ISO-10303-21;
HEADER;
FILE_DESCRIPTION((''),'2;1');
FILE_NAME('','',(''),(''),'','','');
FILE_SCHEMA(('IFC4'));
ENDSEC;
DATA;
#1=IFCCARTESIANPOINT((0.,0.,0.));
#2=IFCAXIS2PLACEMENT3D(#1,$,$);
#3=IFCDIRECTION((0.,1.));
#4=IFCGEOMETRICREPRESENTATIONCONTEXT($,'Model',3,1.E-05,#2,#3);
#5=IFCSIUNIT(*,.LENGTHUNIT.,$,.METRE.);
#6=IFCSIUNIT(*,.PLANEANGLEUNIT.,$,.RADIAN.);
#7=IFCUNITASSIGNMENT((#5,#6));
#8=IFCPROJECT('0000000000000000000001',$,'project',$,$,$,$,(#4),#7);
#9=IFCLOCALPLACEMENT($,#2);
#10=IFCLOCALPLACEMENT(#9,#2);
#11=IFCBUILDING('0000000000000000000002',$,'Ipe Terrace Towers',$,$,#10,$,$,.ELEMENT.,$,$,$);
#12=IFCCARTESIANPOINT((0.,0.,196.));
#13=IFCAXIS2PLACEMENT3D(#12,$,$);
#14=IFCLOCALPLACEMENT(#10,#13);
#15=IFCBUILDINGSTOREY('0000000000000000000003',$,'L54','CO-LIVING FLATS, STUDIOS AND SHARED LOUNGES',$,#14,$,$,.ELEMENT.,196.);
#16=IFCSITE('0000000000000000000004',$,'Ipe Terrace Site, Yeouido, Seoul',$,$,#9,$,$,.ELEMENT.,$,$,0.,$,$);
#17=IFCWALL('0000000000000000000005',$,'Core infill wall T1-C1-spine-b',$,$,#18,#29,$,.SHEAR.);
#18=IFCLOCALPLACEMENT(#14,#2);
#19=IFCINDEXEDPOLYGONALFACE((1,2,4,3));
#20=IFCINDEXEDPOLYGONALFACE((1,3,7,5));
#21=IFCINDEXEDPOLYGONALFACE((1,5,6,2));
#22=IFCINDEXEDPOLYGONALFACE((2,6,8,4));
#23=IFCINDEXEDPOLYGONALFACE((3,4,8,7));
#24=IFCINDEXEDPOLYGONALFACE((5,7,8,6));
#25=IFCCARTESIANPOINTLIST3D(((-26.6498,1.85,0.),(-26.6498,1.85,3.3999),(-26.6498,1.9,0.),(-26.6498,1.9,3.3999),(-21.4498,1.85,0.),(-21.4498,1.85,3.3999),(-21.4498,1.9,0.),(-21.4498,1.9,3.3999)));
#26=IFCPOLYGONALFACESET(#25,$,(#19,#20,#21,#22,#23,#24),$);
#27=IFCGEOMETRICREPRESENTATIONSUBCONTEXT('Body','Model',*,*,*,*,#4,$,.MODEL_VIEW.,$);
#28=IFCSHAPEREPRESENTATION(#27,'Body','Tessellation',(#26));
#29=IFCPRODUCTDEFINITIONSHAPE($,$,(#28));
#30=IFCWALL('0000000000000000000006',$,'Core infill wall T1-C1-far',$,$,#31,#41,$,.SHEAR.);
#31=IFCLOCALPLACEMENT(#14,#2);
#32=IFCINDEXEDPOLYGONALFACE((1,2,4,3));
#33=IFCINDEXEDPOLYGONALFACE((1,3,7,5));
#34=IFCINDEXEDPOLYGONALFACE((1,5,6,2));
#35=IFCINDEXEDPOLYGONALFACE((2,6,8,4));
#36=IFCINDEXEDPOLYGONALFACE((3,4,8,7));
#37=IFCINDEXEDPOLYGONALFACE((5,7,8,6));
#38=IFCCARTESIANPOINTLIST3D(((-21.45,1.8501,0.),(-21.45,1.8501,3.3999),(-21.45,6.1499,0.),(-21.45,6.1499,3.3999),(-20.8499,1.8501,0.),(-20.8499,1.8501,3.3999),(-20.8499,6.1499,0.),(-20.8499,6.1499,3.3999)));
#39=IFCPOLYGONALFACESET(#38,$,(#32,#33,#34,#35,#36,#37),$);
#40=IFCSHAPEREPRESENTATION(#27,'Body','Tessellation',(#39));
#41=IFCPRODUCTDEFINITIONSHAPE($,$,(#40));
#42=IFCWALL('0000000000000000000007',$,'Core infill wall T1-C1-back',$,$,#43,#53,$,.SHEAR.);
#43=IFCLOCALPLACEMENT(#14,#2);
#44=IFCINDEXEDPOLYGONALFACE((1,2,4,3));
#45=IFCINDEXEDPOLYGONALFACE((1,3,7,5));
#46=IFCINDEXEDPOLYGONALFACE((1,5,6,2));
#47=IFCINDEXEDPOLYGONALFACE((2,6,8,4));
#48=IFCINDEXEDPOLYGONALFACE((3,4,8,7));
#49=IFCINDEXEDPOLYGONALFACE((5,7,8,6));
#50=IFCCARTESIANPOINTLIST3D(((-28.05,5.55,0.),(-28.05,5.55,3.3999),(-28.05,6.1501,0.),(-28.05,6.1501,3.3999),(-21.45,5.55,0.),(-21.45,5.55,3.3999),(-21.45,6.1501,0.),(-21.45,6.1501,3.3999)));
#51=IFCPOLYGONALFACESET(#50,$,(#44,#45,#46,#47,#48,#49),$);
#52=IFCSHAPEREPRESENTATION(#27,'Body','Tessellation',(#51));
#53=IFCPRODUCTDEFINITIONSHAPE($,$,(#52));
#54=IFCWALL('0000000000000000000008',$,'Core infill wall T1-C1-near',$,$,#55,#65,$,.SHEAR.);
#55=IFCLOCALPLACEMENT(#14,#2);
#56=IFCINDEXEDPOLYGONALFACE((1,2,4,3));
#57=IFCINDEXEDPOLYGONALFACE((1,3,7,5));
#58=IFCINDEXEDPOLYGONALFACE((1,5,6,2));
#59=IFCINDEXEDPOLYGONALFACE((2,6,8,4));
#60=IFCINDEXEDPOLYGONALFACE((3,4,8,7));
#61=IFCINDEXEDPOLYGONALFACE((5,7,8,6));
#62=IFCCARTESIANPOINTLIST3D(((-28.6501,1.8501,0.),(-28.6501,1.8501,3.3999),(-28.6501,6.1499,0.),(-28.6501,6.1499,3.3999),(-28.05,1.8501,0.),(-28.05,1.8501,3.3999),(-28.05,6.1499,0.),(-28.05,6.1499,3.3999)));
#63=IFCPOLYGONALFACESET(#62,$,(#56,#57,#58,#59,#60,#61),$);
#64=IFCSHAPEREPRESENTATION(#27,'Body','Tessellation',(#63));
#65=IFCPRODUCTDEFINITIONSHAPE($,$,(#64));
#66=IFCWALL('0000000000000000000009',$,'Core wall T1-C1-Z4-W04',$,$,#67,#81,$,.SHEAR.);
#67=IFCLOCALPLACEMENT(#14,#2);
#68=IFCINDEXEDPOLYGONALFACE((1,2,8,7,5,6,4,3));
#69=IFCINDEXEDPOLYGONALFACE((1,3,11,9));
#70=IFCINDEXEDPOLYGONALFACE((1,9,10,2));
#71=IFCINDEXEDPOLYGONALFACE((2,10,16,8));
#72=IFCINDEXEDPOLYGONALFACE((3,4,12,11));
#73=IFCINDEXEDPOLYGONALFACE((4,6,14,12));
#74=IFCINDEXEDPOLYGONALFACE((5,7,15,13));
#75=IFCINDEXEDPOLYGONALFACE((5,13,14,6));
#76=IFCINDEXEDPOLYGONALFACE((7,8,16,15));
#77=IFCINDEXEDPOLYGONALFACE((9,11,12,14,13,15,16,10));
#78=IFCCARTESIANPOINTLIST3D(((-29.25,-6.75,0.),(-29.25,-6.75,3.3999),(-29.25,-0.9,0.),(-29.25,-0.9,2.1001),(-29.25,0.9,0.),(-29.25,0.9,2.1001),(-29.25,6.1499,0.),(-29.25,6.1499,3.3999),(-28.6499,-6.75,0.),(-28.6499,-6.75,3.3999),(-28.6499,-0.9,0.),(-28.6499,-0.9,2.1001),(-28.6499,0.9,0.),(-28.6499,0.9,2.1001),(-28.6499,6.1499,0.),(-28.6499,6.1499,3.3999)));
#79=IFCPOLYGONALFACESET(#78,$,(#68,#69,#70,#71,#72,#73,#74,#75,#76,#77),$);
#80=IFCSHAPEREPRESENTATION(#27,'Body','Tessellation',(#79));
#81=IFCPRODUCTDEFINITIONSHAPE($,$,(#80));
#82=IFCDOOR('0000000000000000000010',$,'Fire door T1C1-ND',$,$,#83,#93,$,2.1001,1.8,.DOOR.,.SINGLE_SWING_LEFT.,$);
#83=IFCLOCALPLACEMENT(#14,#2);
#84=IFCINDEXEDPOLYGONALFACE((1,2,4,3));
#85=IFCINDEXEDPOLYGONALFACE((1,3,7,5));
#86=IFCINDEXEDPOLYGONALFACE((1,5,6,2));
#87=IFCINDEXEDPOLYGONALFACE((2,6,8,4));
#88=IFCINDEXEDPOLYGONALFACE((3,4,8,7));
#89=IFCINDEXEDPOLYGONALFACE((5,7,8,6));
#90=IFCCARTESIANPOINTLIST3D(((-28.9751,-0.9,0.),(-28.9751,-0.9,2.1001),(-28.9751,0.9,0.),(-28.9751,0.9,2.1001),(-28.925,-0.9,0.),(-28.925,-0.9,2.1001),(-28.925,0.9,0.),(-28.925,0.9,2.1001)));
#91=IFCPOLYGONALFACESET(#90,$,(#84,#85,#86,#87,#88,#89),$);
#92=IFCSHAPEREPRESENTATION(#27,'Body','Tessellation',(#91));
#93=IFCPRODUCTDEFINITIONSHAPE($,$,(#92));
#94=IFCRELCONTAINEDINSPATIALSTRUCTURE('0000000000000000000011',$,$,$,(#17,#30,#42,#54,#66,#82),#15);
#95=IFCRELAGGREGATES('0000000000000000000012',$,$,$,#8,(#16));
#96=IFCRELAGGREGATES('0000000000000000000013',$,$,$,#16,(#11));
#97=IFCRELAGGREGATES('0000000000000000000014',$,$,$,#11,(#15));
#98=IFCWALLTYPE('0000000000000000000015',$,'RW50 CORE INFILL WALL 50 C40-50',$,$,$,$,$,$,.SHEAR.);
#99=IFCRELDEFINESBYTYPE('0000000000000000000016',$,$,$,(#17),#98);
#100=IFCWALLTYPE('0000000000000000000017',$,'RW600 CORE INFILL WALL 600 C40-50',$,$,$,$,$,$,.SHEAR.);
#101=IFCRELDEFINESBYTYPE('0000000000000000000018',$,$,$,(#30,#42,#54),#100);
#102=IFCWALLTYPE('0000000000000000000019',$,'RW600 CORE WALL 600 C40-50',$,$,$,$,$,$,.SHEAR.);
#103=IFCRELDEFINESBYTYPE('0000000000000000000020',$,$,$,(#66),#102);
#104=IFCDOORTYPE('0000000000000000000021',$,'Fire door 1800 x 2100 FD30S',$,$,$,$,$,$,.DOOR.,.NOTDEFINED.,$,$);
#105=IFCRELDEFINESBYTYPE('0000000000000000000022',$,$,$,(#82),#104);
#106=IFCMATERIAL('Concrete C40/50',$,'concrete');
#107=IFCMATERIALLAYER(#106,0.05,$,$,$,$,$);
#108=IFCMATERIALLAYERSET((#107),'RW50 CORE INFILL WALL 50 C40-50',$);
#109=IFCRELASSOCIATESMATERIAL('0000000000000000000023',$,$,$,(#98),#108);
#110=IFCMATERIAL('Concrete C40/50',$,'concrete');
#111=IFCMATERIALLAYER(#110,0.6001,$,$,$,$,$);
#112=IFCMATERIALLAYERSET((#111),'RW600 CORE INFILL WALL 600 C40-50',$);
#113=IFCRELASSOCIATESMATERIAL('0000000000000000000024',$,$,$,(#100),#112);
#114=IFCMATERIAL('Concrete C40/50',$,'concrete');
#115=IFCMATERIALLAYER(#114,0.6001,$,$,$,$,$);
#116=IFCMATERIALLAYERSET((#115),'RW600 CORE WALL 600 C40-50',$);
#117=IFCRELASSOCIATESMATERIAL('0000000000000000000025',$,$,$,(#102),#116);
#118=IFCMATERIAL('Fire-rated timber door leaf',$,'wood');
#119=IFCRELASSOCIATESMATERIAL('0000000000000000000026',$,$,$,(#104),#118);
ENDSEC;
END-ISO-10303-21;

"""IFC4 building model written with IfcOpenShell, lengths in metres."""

from ifc_helpers import new_model, si_unit, direction, frame, frame_2d, origin, place, context, subcontext, project, spatial, rectangle, extrude, material, layer, layer_set, type_object, element, fill, save


model = new_model("IFC4")

# Units and contexts
model_context = context("Model", 3, precision=1e-05, world=origin(), true_north=direction((0.0, 1.0)))
body_context = subcontext(model_context, "Body", "Model", "MODEL_VIEW")
ifc_project = project(units=[si_unit("LENGTHUNIT", "METRE"), si_unit("PLANEANGLEUNIT", "RADIAN")], contexts=[model_context])

# Site, building, storey
site_placement = place(None, origin())
site = spatial("IfcSite", under=ifc_project, at=site_placement, Name="Ipe Terrace Site, Yeouido, Seoul", CompositionType="ELEMENT", RefElevation=0.0)
building_placement = place(site_placement, origin())
building = spatial("IfcBuilding", under=site, at=building_placement, Name="Ipe Terrace Towers", CompositionType="ELEMENT")
storey_placement = place(building_placement, frame((0.0, 0.0, 196.0)))
storey = spatial("IfcBuildingStorey", under=building, at=storey_placement, Name="L54", Description="CO-LIVING FLATS, STUDIOS AND SHARED LOUNGES", CompositionType="ELEMENT", Elevation=196.0)

# Walls
ifc_material_1 = material(Name="Concrete C40/50", Category="concrete")
ifc_layer_1 = layer(ifc_material_1, 0.05)
ifc_layer_set_1 = layer_set([ifc_layer_1], Name="RW50 CORE INFILL WALL 50 C40-50")
wall_type_1 = type_object("IfcWallType", Name="RW50 CORE INFILL WALL 50 C40-50", PredefinedType="SHEAR", material=ifc_layer_set_1)
wall_1_placement = place(storey_placement, frame((-26.6499, 1.875, 0.0), z_axis=(0.0, 0.0, 1.0), x_axis=(1.0, 0.0, 0.0)))
element("IfcWall", 1, at=wall_1_placement, inside=storey, type_object=wall_type_1, Name="Core infill wall T1-C1-spine-b", PredefinedType="SHEAR", context=body_context, shape_type="SweptSolid", body=[
    extrude(rectangle(XDim=5.2, YDim=0.05, at=frame_2d((2.6001, 0.0))), origin(), (0.0, 0.0, 1.0), 3.3999),
])
ifc_material_2 = material(Name="Concrete C40/50", Category="concrete")
ifc_layer_2 = layer(ifc_material_2, 0.6001)
ifc_layer_set_2 = layer_set([ifc_layer_2], Name="RW600 CORE INFILL WALL 600 C40-50")
wall_type_2 = type_object("IfcWallType", Name="RW600 CORE INFILL WALL 600 C40-50", PredefinedType="SHEAR", material=ifc_layer_set_2)
wall_2_placement = place(storey_placement, frame((-21.1499, 1.8501, 0.0), z_axis=(0.0, 0.0, 1.0), x_axis=(0.0, 1.0, 0.0)))
element("IfcWall", 2, at=wall_2_placement, inside=storey, type_object=wall_type_2, Name="Core infill wall T1-C1-far", PredefinedType="SHEAR", context=body_context, shape_type="SweptSolid", body=[
    extrude(rectangle(XDim=4.2998, YDim=0.6001, at=frame_2d((2.1499, 0.0))), origin(), (0.0, 0.0, 1.0), 3.3999),
])
wall_3_placement = place(storey_placement, frame((-28.05, 5.8501, 0.0), z_axis=(0.0, 0.0, 1.0), x_axis=(1.0, 0.0, 0.0)))
element("IfcWall", 3, at=wall_3_placement, inside=storey, type_object=wall_type_2, Name="Core infill wall T1-C1-back", PredefinedType="SHEAR", context=body_context, shape_type="SweptSolid", body=[
    extrude(rectangle(XDim=6.6001, YDim=0.6001, at=frame_2d((3.3, 0.0))), origin(), (0.0, 0.0, 1.0), 3.3999),
])
wall_4_placement = place(storey_placement, frame((-28.3501, 1.8501, 0.0), z_axis=(0.0, 0.0, 1.0), x_axis=(0.0, 1.0, 0.0)))
element("IfcWall", 4, at=wall_4_placement, inside=storey, type_object=wall_type_2, Name="Core infill wall T1-C1-near", PredefinedType="SHEAR", context=body_context, shape_type="SweptSolid", body=[
    extrude(rectangle(XDim=4.2998, YDim=0.6001, at=frame_2d((2.1499, 0.0))), origin(), (0.0, 0.0, 1.0), 3.3999),
])

# Wall, opening, door
ifc_material_3 = material(Name="Concrete C40/50", Category="concrete")
ifc_layer_3 = layer(ifc_material_3, 0.6001)
ifc_layer_set_3 = layer_set([ifc_layer_3], Name="RW600 CORE WALL 600 C40-50")
wall_type_3 = type_object("IfcWallType", Name="RW600 CORE WALL 600 C40-50", PredefinedType="SHEAR", material=ifc_layer_set_3)
wall_5_placement = place(storey_placement, frame((-28.95, 6.1499, 0.0), z_axis=(0.0, 0.0, 1.0), x_axis=(0.0, -1.0, 0.0)))
wall_5 = element("IfcWall", 5, at=wall_5_placement, inside=storey, type_object=wall_type_3, Name="Core wall T1-C1-Z4-W04", PredefinedType="SHEAR", context=body_context, shape_type="SweptSolid", body=[
    extrude(rectangle(XDim=12.8999, YDim=0.6001, at=frame_2d((6.45, 0.0))), origin(), (0.0, 0.0, 1.0), 3.3999),
])
opening_1_placement = place(wall_5_placement, frame((5.25, 0.0, 0.0)))
opening_1 = element("IfcOpeningElement", 6, at=opening_1_placement, cuts=wall_5, PredefinedType="OPENING", context=body_context, shape_type="SweptSolid", body=[
    extrude(rectangle(XDim=1.8, YDim=2.1001, at=frame_2d((0.8999, 1.05))), frame((0.0, 0.3101, 0.0), z_axis=(0.0, -1.0, 0.0), x_axis=(1.0, 0.0, 0.0)), (0.0, 0.0, 1.0), 0.6201),
])
ifc_material_4 = material(Name="Fire-rated timber door leaf", Category="wood")
door_type_1 = type_object("IfcDoorType", Name="Fire door 1800 x 2100 FD30S", OperationType="NOTDEFINED", PredefinedType="DOOR", material=ifc_material_4)
door_1_placement = place(opening_1_placement, origin())
door_1 = element("IfcDoor", 7, at=door_1_placement, inside=storey, type_object=door_type_1, Name="Fire door T1C1-ND", OperationType="SINGLE_SWING_LEFT", OverallHeight=2.1001, OverallWidth=1.8, PredefinedType="DOOR", context=body_context, shape_type="SweptSolid", body=[
    extrude(rectangle(XDim=1.8, YDim=2.1001, at=frame_2d((0.8999, 1.05))), frame((0.0, 0.0249, 0.0), z_axis=(0.0, -1.0, 0.0), x_axis=(1.0, 0.0, 0.0)), (0.0, 0.0, 1.0), 0.05),
])
fill(opening_1, door_1)

save(model, "model.ifc")
